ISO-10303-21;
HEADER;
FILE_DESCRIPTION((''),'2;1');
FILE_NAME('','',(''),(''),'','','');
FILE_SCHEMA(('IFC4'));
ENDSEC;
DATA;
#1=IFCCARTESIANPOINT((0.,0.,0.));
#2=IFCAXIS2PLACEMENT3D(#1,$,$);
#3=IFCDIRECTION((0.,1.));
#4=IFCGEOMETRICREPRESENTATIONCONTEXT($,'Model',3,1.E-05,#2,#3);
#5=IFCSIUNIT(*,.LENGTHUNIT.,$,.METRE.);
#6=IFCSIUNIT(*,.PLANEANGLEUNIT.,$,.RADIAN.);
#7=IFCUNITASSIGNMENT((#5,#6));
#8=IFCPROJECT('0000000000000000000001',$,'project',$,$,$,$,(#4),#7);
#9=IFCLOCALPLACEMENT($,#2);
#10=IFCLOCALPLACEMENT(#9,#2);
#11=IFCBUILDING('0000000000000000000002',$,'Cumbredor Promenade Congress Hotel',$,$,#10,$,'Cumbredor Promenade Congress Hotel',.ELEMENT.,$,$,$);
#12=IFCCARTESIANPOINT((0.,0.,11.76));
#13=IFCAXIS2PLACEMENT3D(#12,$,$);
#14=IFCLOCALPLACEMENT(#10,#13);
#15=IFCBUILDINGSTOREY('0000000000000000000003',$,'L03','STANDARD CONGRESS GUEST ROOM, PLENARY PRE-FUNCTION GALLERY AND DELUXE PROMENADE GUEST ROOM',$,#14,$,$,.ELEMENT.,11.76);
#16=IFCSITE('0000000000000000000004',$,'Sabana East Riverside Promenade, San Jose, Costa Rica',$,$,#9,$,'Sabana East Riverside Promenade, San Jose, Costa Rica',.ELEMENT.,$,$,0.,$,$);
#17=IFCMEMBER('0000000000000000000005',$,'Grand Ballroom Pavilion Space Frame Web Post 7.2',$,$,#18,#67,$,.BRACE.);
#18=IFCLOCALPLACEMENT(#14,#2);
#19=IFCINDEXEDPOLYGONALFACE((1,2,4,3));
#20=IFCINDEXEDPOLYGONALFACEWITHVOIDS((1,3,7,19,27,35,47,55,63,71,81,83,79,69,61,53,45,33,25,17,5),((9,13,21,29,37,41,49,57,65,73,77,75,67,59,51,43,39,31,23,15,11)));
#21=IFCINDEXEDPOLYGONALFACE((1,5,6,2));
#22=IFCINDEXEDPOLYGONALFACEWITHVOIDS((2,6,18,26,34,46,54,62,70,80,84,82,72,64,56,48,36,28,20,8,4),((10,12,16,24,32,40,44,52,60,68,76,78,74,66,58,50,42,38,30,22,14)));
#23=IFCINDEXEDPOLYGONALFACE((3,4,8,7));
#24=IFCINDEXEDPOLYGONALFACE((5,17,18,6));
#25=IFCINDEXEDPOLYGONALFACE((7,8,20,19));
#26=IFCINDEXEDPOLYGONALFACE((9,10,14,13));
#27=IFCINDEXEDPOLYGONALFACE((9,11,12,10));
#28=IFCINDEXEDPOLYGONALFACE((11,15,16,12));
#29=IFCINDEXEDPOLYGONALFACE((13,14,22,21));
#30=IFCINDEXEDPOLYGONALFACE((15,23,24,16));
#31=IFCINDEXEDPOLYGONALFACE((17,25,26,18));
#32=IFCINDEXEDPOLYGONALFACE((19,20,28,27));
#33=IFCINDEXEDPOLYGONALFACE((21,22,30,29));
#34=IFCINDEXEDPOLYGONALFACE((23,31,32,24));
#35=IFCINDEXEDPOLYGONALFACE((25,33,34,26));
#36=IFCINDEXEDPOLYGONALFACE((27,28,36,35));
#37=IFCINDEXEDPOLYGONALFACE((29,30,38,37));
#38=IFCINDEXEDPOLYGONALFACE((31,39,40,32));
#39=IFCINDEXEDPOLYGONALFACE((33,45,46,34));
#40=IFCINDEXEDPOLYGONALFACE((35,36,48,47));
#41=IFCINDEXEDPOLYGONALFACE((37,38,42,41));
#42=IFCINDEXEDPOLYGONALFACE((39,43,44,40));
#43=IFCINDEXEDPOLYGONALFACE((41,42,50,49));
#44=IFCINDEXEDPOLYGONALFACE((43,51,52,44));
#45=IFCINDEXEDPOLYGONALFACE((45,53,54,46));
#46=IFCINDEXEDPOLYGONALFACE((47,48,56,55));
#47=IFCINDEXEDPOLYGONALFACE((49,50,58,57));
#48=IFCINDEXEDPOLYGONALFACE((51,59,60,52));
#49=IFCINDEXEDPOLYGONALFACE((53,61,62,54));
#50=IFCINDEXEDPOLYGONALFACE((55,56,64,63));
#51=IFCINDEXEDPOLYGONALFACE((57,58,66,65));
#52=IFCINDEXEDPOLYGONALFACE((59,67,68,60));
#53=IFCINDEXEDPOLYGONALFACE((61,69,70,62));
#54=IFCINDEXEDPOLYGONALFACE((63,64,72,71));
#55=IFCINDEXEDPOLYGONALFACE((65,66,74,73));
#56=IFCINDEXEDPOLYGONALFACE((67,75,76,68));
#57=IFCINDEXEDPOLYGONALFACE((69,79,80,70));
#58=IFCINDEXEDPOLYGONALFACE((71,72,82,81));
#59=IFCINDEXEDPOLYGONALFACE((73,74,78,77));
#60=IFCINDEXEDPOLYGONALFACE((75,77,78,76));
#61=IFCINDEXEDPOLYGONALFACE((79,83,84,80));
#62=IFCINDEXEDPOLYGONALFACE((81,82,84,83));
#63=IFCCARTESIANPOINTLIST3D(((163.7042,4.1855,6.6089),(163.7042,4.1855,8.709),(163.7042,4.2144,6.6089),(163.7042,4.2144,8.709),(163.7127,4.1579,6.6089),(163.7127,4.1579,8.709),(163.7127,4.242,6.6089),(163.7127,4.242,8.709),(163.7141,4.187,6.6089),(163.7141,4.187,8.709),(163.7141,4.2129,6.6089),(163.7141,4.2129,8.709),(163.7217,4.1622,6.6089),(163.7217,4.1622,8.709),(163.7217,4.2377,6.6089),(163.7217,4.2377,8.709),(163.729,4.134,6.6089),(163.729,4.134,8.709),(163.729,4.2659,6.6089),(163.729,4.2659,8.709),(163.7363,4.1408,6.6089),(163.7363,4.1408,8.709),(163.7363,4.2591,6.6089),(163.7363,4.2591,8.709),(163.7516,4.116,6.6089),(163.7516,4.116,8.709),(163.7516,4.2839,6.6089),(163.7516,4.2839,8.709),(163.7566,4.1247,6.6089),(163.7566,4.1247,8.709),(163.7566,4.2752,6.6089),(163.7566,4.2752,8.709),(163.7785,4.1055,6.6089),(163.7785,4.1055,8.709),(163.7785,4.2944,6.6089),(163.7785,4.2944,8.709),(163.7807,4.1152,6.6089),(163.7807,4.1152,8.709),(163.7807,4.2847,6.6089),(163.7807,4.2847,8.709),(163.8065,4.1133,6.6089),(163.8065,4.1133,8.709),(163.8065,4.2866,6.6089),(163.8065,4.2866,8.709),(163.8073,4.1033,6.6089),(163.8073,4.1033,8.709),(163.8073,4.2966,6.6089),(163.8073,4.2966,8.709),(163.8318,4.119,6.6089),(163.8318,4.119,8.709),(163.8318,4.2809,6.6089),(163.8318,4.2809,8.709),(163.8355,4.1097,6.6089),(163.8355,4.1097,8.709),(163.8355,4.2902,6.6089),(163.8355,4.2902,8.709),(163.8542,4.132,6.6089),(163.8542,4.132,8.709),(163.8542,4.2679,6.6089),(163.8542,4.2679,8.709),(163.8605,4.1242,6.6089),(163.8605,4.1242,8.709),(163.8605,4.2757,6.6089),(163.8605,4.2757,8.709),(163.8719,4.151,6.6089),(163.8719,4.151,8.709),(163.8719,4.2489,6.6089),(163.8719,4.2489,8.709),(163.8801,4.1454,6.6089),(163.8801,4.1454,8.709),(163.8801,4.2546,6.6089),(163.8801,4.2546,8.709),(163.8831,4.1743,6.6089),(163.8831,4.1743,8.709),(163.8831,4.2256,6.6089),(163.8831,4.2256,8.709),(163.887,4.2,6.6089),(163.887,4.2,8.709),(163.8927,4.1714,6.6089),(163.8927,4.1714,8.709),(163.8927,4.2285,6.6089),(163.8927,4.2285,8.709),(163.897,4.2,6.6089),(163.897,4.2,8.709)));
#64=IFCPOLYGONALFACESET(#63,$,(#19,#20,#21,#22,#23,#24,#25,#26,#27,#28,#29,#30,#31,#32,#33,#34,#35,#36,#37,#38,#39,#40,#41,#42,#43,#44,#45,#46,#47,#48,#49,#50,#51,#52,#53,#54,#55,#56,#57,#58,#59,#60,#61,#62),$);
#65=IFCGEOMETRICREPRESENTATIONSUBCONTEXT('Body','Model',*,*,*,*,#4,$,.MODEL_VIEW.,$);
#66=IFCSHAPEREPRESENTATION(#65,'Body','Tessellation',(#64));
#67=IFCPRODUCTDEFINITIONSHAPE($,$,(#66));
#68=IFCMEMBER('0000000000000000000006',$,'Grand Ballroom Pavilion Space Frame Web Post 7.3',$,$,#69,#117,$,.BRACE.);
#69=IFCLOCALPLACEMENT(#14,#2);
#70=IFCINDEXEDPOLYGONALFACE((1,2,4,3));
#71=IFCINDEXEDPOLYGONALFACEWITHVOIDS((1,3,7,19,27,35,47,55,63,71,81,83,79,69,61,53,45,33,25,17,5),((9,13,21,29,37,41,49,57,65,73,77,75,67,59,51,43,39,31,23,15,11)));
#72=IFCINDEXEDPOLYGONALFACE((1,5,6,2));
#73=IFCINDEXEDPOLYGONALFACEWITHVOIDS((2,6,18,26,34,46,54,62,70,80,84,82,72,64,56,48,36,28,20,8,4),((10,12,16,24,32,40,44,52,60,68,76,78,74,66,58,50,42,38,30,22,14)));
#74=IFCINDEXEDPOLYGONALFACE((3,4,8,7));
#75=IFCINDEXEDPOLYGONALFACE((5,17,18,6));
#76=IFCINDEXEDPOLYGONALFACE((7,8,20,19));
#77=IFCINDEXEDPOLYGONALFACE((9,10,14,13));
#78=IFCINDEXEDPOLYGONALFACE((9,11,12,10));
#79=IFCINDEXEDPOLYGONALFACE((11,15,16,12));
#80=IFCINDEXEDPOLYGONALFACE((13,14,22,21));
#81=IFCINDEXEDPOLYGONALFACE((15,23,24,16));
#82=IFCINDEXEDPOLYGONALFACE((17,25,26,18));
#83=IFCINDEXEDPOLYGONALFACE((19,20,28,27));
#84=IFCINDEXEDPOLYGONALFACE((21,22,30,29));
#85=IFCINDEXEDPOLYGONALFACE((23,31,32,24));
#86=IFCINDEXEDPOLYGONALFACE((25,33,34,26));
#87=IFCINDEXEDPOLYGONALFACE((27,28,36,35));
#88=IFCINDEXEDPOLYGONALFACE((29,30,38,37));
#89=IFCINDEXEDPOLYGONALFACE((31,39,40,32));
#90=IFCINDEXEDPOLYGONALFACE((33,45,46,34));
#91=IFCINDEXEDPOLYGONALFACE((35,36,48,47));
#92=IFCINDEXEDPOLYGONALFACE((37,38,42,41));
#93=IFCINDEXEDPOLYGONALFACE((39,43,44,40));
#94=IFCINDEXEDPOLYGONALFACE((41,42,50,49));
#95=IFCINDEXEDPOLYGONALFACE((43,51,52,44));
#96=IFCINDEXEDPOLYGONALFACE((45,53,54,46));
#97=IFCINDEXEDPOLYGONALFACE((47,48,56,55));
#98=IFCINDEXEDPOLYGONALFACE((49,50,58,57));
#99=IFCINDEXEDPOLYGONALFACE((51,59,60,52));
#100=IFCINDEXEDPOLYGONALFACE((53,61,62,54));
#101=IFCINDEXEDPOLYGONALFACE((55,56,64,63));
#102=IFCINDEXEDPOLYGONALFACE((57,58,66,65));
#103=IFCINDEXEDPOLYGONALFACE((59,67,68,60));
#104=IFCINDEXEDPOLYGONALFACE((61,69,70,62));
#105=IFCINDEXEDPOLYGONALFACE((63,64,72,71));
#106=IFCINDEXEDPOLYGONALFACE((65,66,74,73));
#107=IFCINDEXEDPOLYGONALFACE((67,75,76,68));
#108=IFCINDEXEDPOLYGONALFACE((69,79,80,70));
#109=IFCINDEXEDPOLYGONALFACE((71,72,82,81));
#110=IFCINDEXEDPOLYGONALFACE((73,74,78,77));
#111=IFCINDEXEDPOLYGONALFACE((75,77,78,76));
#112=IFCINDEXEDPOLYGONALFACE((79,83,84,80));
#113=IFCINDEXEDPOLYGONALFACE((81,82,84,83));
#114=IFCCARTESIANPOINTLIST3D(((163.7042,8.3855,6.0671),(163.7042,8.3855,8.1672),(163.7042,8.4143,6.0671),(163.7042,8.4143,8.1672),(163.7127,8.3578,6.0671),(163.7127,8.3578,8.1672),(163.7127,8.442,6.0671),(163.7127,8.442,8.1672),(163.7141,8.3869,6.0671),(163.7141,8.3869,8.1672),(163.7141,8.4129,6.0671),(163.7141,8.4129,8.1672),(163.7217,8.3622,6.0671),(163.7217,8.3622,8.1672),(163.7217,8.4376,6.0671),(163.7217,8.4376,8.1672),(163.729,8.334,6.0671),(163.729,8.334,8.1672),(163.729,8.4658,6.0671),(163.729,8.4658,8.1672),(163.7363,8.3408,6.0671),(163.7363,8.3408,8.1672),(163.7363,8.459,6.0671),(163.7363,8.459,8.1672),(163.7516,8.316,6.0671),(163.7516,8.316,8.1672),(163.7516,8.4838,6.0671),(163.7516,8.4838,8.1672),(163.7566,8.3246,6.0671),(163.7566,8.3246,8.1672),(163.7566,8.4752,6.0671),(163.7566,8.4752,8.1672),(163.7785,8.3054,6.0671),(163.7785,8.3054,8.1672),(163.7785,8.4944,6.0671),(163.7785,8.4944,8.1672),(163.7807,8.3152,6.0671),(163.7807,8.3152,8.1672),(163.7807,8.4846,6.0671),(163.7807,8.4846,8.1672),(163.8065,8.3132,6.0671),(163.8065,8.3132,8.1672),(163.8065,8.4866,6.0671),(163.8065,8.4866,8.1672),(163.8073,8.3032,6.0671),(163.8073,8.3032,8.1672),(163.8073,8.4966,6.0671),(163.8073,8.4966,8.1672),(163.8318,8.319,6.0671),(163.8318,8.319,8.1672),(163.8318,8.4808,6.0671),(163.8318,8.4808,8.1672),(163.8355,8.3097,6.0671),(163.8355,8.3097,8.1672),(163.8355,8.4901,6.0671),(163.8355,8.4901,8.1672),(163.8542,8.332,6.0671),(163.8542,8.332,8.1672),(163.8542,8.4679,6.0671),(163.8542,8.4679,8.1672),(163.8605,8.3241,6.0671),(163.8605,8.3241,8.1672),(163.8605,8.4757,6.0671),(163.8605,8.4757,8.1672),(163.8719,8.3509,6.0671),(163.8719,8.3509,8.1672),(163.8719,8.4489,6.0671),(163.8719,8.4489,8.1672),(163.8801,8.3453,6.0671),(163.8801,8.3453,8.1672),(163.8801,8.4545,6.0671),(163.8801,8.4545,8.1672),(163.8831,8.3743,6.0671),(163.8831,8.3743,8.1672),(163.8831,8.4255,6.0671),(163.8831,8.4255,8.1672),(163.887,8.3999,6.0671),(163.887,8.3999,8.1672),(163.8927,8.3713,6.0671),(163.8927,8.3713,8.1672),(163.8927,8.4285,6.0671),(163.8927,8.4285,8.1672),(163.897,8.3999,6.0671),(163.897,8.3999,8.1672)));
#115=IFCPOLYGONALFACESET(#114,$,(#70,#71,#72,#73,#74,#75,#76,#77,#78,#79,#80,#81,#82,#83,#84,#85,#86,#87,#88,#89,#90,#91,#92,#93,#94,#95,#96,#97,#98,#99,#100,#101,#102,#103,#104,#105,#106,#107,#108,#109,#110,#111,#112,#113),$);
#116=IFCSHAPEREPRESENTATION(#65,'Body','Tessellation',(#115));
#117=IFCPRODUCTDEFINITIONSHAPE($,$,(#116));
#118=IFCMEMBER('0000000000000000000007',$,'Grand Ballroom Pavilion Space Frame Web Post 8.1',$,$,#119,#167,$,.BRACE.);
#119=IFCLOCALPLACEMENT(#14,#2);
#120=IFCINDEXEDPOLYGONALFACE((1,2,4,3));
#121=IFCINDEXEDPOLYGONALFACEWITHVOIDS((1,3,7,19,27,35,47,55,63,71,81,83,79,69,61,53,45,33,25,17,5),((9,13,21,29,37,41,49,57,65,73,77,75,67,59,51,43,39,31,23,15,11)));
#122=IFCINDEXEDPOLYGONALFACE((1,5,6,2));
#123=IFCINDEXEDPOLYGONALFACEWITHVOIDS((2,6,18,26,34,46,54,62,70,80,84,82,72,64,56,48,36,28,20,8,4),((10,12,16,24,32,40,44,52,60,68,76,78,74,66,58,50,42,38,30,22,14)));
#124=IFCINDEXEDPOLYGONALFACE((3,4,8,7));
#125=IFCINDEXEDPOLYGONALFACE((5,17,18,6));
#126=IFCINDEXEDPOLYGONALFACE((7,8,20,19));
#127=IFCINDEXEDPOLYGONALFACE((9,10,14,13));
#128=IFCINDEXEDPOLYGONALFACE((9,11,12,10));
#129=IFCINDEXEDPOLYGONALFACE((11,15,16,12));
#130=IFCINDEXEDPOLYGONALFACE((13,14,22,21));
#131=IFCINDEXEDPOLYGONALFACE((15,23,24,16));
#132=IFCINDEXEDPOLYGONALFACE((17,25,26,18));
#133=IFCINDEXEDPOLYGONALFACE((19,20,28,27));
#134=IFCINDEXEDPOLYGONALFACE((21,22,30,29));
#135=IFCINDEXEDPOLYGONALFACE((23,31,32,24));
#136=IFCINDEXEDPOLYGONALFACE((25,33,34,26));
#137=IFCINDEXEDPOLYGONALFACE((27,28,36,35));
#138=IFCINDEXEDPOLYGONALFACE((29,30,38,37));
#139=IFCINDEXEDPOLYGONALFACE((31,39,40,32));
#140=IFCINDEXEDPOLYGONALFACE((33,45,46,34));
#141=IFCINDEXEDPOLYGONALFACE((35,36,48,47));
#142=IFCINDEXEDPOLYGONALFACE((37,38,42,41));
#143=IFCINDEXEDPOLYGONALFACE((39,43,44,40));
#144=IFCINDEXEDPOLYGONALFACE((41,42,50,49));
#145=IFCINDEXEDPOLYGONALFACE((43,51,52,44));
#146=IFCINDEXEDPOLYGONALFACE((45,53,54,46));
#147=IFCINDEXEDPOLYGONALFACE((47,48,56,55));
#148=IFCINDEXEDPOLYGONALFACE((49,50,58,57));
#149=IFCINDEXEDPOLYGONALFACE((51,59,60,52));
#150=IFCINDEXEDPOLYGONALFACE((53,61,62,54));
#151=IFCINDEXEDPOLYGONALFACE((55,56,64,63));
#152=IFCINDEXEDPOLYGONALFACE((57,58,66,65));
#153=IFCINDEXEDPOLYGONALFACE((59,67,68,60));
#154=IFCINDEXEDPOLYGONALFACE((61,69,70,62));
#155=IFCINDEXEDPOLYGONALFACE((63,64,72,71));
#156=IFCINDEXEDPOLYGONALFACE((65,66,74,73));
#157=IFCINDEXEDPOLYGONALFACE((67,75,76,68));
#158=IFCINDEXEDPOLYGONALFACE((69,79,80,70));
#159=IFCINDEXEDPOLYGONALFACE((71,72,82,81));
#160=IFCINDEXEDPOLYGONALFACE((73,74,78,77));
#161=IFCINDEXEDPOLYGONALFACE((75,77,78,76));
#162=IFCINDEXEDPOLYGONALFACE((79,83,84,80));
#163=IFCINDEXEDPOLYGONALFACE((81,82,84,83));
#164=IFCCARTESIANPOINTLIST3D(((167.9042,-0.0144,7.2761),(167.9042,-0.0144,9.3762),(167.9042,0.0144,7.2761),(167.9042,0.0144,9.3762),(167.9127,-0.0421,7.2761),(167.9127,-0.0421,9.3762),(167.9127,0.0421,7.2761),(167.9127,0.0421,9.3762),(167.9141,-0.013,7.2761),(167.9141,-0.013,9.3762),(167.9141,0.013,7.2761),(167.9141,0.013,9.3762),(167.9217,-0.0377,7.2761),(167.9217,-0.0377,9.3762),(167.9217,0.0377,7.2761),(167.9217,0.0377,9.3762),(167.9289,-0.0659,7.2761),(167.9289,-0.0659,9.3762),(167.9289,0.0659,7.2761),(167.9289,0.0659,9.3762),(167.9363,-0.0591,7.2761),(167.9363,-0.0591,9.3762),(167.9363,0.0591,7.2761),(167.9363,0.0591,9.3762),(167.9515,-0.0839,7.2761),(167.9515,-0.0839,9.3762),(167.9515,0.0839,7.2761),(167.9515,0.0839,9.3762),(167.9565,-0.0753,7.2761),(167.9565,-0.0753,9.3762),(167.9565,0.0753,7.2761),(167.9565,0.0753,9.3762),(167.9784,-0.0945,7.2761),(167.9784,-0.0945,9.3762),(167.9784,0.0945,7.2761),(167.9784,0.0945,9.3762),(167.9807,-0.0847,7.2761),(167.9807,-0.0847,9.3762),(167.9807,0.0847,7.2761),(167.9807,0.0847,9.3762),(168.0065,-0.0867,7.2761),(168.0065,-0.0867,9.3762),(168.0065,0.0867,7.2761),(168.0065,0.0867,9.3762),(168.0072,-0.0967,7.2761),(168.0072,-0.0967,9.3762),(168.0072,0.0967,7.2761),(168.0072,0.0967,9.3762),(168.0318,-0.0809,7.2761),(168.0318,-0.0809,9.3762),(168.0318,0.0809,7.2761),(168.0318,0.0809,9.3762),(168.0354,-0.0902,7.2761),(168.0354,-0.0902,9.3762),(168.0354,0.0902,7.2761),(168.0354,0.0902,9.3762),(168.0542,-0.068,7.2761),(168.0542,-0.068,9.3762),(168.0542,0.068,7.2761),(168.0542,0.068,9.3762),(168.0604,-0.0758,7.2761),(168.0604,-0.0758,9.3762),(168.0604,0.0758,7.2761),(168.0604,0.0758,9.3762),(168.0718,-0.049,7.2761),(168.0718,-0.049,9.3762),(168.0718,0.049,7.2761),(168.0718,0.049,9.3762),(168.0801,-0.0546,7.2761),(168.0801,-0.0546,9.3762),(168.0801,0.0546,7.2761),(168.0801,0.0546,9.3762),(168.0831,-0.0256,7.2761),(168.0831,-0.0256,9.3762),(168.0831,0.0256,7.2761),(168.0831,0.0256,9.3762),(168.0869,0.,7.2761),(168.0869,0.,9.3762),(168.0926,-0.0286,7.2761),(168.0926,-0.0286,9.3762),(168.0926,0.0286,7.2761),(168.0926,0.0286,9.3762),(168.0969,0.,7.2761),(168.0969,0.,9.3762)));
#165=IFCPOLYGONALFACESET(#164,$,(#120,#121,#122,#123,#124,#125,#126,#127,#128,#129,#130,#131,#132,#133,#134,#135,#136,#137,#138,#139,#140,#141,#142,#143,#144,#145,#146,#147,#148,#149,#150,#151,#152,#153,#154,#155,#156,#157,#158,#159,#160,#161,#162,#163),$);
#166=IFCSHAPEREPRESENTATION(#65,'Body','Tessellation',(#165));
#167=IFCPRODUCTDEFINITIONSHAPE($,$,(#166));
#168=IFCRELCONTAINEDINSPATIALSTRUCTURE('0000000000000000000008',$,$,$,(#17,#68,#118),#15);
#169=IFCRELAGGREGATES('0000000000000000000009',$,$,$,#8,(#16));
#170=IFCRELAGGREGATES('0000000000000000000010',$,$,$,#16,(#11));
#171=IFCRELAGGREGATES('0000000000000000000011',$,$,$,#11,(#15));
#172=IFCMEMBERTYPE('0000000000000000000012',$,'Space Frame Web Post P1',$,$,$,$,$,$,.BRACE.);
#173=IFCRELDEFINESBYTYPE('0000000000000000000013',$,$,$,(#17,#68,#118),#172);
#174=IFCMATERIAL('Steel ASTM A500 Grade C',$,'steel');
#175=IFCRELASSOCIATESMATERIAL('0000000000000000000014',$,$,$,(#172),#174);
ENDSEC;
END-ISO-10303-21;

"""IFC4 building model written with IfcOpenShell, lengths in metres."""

from ifc_helpers import new_model, si_unit, direction, frame, origin, origin_2d, place, context, subcontext, project, spatial, hollow_circle, extrude, material, material_profile, profile_set, type_object, element, save


model = new_model("IFC4")

# Units and contexts
model_context = context("Model", 3, precision=1e-05, world=origin(), true_north=direction((0.0, 1.0)))
body_context = subcontext(model_context, "Body", "Model", "MODEL_VIEW")
ifc_project = project(units=[si_unit("LENGTHUNIT", "METRE"), si_unit("PLANEANGLEUNIT", "RADIAN")], contexts=[model_context])

# Site, building, storey
site_placement = place(None, origin())
site = spatial("IfcSite", under=ifc_project, at=site_placement, Name="Sabana East Riverside Promenade, San Jose, Costa Rica", LongName="Sabana East Riverside Promenade, San Jose, Costa Rica", CompositionType="ELEMENT", RefElevation=0.0)
building_placement = place(site_placement, origin())
building = spatial("IfcBuilding", under=site, at=building_placement, Name="Cumbredor Promenade Congress Hotel", LongName="Cumbredor Promenade Congress Hotel", CompositionType="ELEMENT")
storey_placement = place(building_placement, frame((0.0, 0.0, 11.76)))
storey = spatial("IfcBuildingStorey", under=building, at=storey_placement, Name="L03", Description="STANDARD CONGRESS GUEST ROOM, PLENARY PRE-FUNCTION GALLERY AND DELUXE PROMENADE GUEST ROOM", CompositionType="ELEMENT", Elevation=11.76)

# Members
ifc_material_1 = material(Name="Steel ASTM A500 Grade C", Category="steel")
ifc_material_profile_1 = material_profile(ifc_material_1, hollow_circle(Radius=0.0969, WallThickness=0.01, at=origin_2d()), Name="CHS 193.7x10")
ifc_profile_set_1 = profile_set([ifc_material_profile_1], Name="Steel ASTM A500 Grade C")
member_type_1 = type_object("IfcMemberType", Name="Space Frame Web Post P1", PredefinedType="BRACE", material=ifc_profile_set_1)
for number, where, z_axis, x_axis, name in (
    (1, (163.8, 4.2, 6.6089), (0.0, 0.0, 1.0), (1.0, 0.0, 0.0), "Grand Ballroom Pavilion Space Frame Web Post 7.2"),
    (2, (163.8, 8.3999, 6.0671), (0.0, 0.0, 1.0), (1.0, 0.0, 0.0), "Grand Ballroom Pavilion Space Frame Web Post 7.3"),
    (3, (168.0, 0.0, 7.2761), (0.0, 0.0, 1.0), (1.0, 0.0, 0.0), "Grand Ballroom Pavilion Space Frame Web Post 8.1"),
):
    element("IfcMember", number, at=place(storey_placement, frame(where, z_axis=z_axis, x_axis=x_axis)), inside=storey, type_object=member_type_1, Name=name, PredefinedType="BRACE", context=body_context, shape_type="SweptSolid", body=[
        extrude(hollow_circle(Radius=0.0969, WallThickness=0.01, at=origin_2d()), origin(), (0.0, 0.0, 1.0), 2.1001),
    ])

save(model, "model.ifc")
